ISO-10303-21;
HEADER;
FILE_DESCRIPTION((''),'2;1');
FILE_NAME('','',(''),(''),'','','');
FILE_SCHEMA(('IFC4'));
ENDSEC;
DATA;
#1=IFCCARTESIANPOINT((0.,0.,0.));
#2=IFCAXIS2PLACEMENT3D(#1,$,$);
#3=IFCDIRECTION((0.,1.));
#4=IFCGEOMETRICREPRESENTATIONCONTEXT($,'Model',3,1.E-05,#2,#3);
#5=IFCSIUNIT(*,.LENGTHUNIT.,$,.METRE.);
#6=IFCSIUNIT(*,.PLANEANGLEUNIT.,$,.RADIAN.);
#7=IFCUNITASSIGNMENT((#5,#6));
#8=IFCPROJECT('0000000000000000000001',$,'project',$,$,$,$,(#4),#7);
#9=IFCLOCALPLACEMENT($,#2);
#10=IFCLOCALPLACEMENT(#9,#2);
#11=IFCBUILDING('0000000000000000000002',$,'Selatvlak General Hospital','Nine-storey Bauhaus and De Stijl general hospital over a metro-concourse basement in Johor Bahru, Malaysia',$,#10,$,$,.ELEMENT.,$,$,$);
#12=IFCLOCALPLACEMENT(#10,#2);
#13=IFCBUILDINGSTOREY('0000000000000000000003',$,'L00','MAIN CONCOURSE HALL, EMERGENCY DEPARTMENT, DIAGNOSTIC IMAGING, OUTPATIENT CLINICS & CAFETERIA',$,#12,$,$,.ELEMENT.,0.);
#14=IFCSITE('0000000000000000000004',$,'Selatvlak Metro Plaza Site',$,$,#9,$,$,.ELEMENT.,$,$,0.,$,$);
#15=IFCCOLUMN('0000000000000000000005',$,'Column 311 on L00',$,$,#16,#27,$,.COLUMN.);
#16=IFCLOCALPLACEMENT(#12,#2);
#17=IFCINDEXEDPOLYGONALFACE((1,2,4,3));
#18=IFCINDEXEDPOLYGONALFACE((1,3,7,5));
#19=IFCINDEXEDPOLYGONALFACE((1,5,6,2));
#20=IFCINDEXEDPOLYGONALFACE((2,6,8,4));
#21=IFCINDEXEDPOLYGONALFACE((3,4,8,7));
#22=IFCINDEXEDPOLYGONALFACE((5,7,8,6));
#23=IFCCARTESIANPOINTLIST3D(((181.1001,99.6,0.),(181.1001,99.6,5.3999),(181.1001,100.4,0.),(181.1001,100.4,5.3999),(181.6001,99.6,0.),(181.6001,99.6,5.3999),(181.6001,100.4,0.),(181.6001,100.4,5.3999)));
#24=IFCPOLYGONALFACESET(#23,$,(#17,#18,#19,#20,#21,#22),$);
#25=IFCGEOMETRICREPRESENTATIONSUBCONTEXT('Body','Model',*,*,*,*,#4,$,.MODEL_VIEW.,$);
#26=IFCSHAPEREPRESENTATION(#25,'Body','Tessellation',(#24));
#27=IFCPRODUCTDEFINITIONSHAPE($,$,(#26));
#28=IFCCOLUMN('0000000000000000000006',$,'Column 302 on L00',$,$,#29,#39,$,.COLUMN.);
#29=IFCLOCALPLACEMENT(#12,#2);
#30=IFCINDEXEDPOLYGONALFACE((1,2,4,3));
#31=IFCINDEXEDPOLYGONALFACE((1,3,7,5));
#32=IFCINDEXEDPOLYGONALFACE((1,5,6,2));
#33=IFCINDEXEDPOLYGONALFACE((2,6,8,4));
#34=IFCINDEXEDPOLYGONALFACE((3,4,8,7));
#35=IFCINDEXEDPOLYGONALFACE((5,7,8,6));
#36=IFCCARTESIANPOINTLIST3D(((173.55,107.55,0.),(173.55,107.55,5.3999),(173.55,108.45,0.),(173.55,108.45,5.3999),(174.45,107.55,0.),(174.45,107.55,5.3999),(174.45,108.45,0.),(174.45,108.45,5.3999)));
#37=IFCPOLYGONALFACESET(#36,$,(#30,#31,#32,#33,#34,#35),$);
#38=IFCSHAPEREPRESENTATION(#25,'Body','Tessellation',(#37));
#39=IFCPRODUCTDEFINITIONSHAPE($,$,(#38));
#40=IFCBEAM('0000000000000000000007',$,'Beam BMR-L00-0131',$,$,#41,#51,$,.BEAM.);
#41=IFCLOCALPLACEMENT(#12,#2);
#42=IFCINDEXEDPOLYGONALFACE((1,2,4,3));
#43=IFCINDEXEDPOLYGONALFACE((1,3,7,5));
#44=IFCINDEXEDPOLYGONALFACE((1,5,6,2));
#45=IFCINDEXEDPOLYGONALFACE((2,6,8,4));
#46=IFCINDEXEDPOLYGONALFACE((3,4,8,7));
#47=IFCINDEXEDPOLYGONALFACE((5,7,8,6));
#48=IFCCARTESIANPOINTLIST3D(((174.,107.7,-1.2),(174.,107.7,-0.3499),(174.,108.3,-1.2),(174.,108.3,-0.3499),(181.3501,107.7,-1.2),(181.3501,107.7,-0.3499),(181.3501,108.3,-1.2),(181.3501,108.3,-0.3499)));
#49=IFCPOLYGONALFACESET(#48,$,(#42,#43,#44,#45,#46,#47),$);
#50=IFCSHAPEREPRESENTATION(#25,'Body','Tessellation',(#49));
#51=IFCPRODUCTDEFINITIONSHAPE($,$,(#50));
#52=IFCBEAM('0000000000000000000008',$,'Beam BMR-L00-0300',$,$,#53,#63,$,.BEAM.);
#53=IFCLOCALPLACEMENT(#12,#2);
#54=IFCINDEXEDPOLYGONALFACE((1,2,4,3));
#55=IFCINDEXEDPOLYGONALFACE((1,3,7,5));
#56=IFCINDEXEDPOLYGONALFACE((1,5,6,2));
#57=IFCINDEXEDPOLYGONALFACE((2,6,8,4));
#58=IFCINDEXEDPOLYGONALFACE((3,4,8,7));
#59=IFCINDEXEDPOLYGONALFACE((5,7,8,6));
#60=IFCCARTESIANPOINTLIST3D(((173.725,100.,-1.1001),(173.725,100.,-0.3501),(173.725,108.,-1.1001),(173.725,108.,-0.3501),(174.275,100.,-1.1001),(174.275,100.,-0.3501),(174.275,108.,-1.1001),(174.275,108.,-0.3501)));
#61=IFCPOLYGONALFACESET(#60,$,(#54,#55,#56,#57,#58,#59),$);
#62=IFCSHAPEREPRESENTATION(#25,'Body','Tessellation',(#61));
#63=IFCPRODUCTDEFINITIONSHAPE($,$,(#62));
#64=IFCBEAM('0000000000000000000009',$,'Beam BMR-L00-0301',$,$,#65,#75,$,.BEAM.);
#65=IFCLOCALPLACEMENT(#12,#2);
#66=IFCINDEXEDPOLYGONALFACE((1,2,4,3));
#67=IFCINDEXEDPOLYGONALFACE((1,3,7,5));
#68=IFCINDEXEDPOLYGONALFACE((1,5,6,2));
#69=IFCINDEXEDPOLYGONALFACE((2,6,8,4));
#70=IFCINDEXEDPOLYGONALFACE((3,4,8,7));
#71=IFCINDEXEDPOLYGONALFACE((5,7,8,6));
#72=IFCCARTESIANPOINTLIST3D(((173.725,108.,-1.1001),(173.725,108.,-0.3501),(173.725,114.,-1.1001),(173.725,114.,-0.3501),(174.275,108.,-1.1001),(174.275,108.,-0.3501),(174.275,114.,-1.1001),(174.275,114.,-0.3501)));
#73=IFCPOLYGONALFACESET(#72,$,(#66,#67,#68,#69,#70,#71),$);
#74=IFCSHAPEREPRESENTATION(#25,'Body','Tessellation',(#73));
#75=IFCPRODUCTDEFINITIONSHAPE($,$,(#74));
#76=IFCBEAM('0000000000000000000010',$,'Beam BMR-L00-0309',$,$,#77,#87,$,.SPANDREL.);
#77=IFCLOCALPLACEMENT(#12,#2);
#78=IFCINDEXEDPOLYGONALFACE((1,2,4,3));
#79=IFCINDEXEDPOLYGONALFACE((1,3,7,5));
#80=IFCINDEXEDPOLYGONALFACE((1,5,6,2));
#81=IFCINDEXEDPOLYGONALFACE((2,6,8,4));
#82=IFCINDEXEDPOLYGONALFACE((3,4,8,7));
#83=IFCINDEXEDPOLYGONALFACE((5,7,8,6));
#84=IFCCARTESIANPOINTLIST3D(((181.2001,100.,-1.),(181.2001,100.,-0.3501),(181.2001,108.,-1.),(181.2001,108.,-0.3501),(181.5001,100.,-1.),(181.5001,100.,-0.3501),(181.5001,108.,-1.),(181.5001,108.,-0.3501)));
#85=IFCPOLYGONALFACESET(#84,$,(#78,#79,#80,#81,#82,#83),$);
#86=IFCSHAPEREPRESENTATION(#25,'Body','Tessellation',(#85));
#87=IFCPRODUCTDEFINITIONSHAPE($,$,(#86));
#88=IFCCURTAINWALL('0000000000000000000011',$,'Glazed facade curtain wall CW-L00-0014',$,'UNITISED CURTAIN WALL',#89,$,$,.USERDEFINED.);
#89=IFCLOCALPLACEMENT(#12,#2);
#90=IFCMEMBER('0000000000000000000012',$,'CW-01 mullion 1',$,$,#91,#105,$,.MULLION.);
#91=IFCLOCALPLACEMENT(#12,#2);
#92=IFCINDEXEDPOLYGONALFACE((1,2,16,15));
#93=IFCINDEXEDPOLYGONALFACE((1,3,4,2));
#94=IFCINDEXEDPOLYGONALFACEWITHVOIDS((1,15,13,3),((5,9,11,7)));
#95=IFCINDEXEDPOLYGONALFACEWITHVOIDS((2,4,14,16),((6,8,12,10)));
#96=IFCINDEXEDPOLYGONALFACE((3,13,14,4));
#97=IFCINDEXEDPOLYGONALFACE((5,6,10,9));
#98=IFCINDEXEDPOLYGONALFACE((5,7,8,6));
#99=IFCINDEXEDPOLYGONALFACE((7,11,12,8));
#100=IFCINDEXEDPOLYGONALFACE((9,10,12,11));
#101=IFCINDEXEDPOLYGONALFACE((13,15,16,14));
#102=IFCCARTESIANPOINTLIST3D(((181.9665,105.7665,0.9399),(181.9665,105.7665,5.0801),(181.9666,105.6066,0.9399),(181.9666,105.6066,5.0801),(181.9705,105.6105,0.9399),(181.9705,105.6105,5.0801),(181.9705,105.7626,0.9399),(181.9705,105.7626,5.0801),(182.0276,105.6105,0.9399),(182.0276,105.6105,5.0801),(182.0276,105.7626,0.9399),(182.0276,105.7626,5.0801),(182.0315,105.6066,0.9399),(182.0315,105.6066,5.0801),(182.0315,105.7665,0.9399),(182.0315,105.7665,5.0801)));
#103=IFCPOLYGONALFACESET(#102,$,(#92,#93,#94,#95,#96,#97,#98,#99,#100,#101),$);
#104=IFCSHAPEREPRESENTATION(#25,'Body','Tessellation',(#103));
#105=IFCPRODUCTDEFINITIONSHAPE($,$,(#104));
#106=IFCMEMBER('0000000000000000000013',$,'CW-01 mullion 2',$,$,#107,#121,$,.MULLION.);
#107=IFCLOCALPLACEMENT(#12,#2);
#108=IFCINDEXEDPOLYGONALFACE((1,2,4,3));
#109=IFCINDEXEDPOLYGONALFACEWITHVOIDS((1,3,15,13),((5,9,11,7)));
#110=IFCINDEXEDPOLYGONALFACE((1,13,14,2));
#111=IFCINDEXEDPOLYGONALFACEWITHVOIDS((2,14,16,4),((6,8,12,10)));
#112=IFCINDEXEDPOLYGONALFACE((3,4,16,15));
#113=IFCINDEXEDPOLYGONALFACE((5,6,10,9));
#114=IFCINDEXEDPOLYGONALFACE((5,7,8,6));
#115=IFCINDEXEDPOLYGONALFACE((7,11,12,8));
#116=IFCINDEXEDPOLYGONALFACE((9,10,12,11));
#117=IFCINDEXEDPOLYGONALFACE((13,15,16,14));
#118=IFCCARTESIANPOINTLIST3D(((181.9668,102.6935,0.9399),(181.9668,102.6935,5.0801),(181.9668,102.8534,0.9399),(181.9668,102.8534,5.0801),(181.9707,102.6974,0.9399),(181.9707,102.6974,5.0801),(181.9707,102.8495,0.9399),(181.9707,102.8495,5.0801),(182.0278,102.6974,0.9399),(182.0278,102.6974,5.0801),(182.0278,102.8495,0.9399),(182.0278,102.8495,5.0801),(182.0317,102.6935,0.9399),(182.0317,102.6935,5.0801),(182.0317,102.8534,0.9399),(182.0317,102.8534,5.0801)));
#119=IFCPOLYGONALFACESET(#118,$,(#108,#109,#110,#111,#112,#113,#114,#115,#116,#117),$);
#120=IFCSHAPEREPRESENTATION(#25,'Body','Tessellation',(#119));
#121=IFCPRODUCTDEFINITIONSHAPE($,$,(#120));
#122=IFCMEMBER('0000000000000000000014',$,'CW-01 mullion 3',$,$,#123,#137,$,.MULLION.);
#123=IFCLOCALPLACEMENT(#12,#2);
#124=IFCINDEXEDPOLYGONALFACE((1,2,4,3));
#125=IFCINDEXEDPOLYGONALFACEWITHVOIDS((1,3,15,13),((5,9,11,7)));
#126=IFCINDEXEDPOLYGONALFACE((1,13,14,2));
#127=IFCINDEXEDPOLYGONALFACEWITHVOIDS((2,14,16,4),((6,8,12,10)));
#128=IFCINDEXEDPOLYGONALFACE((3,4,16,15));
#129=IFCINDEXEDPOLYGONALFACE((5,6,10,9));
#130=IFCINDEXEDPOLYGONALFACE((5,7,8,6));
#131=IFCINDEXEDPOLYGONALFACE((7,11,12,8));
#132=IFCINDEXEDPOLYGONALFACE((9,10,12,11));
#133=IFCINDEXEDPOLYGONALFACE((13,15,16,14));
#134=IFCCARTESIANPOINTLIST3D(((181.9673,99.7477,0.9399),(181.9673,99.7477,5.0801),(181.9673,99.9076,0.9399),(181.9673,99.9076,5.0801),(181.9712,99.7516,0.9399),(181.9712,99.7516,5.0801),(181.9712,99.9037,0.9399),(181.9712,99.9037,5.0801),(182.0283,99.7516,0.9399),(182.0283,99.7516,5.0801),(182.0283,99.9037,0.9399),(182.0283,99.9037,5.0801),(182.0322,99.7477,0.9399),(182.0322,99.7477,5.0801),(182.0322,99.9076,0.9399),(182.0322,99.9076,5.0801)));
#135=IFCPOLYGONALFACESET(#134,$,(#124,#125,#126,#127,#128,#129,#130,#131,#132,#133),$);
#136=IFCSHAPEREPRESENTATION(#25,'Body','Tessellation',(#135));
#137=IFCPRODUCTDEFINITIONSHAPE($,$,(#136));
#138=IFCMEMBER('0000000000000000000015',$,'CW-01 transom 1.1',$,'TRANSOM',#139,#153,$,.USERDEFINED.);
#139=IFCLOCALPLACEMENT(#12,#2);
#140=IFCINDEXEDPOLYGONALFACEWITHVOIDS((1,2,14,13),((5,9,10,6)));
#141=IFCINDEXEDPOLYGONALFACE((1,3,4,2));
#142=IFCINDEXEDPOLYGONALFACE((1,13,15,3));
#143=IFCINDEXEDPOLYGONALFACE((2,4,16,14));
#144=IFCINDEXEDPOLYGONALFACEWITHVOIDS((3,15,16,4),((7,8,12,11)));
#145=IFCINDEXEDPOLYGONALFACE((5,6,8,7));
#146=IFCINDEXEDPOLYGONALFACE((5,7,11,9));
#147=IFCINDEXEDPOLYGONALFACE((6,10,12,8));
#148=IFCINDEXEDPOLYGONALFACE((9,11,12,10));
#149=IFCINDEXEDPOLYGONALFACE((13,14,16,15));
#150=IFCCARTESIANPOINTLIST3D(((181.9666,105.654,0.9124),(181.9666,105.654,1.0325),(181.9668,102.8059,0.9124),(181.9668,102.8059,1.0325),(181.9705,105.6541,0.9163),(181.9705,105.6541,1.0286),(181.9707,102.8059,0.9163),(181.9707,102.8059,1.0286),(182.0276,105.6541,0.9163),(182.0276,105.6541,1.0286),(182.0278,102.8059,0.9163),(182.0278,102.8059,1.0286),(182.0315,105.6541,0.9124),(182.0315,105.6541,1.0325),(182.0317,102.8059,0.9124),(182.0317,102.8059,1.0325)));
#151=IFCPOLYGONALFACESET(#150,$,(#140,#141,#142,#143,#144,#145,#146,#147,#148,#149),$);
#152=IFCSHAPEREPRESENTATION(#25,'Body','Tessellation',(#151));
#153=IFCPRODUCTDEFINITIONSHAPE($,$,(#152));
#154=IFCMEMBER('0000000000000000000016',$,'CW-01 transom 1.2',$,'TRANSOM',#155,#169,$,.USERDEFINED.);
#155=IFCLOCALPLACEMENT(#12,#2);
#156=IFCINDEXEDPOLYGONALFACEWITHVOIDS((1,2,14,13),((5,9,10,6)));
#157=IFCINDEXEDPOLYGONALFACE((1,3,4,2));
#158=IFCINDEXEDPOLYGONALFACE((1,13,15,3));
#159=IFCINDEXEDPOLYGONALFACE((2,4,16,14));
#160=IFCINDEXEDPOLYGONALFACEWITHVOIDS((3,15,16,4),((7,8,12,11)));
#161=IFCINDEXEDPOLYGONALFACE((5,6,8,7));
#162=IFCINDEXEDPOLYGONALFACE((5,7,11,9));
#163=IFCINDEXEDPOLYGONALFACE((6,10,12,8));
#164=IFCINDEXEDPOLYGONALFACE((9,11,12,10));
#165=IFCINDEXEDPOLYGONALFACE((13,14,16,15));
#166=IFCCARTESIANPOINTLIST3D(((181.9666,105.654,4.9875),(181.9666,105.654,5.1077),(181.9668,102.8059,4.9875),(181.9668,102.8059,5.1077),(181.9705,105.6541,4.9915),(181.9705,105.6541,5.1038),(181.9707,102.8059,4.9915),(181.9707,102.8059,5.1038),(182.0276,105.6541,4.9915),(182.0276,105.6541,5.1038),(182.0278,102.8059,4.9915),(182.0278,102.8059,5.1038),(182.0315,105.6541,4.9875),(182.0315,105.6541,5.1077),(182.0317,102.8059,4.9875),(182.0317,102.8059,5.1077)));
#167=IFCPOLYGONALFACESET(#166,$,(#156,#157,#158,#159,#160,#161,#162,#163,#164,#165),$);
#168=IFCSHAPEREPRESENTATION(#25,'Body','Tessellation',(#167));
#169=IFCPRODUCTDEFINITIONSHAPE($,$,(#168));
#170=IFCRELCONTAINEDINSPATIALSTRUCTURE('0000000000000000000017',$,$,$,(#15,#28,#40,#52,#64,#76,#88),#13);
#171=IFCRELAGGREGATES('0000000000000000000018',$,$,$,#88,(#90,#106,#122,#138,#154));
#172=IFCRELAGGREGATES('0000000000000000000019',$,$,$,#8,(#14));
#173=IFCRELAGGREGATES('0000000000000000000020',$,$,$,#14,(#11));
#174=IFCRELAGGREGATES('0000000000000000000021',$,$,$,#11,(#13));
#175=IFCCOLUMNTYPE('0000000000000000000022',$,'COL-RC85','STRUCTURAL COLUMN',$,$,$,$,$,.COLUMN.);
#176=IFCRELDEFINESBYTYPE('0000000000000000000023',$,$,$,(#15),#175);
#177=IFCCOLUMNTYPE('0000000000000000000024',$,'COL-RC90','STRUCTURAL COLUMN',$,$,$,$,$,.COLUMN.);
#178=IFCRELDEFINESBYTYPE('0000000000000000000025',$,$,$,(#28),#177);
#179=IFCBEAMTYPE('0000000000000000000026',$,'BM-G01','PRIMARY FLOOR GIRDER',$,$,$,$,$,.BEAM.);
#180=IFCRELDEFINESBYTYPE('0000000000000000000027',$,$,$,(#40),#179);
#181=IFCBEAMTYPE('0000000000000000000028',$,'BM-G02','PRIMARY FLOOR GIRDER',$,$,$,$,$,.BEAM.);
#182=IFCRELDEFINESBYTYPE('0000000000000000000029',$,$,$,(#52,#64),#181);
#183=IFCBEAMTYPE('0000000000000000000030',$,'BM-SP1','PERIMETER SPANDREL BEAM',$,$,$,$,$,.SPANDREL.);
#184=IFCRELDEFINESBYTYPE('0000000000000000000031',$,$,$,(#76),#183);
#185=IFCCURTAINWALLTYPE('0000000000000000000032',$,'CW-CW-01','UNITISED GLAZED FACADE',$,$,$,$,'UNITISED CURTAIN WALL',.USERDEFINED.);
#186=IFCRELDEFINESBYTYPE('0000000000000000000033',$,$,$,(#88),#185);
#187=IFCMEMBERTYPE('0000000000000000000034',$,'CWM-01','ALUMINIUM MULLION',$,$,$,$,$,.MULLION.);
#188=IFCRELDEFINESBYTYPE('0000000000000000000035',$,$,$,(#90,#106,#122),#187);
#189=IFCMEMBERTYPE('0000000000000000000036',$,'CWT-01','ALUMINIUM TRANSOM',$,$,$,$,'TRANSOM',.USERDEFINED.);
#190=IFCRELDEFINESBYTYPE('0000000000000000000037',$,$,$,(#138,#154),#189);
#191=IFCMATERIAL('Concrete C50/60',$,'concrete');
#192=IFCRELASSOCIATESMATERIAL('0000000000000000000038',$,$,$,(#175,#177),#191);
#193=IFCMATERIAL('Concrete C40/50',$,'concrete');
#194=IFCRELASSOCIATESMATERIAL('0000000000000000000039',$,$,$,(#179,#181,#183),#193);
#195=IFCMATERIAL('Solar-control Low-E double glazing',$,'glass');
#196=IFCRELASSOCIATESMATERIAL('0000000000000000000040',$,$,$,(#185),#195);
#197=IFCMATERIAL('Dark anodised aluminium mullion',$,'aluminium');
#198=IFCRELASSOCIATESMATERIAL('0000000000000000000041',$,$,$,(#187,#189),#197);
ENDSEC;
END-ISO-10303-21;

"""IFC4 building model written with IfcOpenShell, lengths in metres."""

from ifc_helpers import new_model, si_unit, direction, frame, origin, origin_2d, place, context, subcontext, project, spatial, rectangle, hollow_rectangle, extrude, material, material_profile, profile_set, type_object, element, aggregate, save


model = new_model("IFC4")

# Units and contexts
model_context = context("Model", 3, precision=1e-05, world=origin(), true_north=direction((0.0, 1.0)))
body_context = subcontext(model_context, "Body", "Model", "MODEL_VIEW")
ifc_project = project(units=[si_unit("LENGTHUNIT", "METRE"), si_unit("PLANEANGLEUNIT", "RADIAN")], contexts=[model_context])

# Site, building, storey
site_placement = place(None, origin())
site = spatial("IfcSite", under=ifc_project, at=site_placement, Name="Selatvlak Metro Plaza Site", CompositionType="ELEMENT", RefElevation=0.0)
building_placement = place(site_placement, origin())
building = spatial("IfcBuilding", under=site, at=building_placement, Name="Selatvlak General Hospital", Description="Nine-storey Bauhaus and De Stijl general hospital over a metro-concourse basement in Johor Bahru, Malaysia", CompositionType="ELEMENT")
storey_placement = place(building_placement, origin())
storey = spatial("IfcBuildingStorey", under=building, at=storey_placement, Name="L00", Description="MAIN CONCOURSE HALL, EMERGENCY DEPARTMENT, DIAGNOSTIC IMAGING, OUTPATIENT CLINICS & CAFETERIA", CompositionType="ELEMENT", Elevation=0.0)

# Columns
ifc_material_1 = material(Name="Concrete C50/60", Category="concrete")
ifc_material_profile_1 = material_profile(ifc_material_1, rectangle(XDim=0.5, YDim=0.8, at=origin_2d()), Name="RC-COL 800x500")
ifc_profile_set_1 = profile_set([ifc_material_profile_1], Name="Concrete C50/60")
column_type_1 = type_object("IfcColumnType", Name="COL-RC85", Description="STRUCTURAL COLUMN", PredefinedType="COLUMN", material=ifc_profile_set_1)
column_1_placement = place(storey_placement, frame((181.3501, 100.0, 0.0), z_axis=(0.0, 0.0, 1.0), x_axis=(1.0, 0.0, 0.0)))
element("IfcColumn", 1, at=column_1_placement, inside=storey, type_object=column_type_1, Name="Column 311 on L00", PredefinedType="COLUMN", context=body_context, shape_type="SweptSolid", body=[
    extrude(rectangle(XDim=0.5, YDim=0.8, at=origin_2d()), origin(), (0.0, 0.0, 1.0), 5.3999),
])
ifc_material_profile_2 = material_profile(ifc_material_1, rectangle(XDim=0.8999, YDim=0.8999, at=origin_2d()), Name="RC-COL 900x900")
ifc_profile_set_2 = profile_set([ifc_material_profile_2], Name="Concrete C50/60")
column_type_2 = type_object("IfcColumnType", Name="COL-RC90", Description="STRUCTURAL COLUMN", PredefinedType="COLUMN", material=ifc_profile_set_2)
column_2_placement = place(storey_placement, frame((174.0, 108.0, 0.0), z_axis=(0.0, 0.0, 1.0), x_axis=(1.0, 0.0, 0.0)))
element("IfcColumn", 2, at=column_2_placement, inside=storey, type_object=column_type_2, Name="Column 302 on L00", PredefinedType="COLUMN", context=body_context, shape_type="SweptSolid", body=[
    extrude(rectangle(XDim=0.8999, YDim=0.8999, at=origin_2d()), origin(), (0.0, 0.0, 1.0), 5.3999),
])

# Beams
ifc_material_2 = material(Name="Concrete C40/50", Category="concrete")
ifc_material_profile_3 = material_profile(ifc_material_2, rectangle(XDim=0.6001, YDim=0.8501, at=origin_2d()), Name="RC-BM 600x850")
ifc_profile_set_3 = profile_set([ifc_material_profile_3], Name="Concrete C40/50")
beam_type_1 = type_object("IfcBeamType", Name="BM-G01", Description="PRIMARY FLOOR GIRDER", PredefinedType="BEAM", material=ifc_profile_set_3)
beam_1_placement = place(storey_placement, frame((174.0, 108.0, -0.7749), z_axis=(1.0, 0.0, 0.0), x_axis=(0.0, 1.0, 0.0)))
element("IfcBeam", 3, at=beam_1_placement, inside=storey, type_object=beam_type_1, Name="Beam BMR-L00-0131", PredefinedType="BEAM", context=body_context, shape_type="SweptSolid", body=[
    extrude(rectangle(XDim=0.6001, YDim=0.8501, at=origin_2d()), origin(), (0.0, 0.0, 1.0), 7.3501),
])
ifc_material_profile_4 = material_profile(ifc_material_2, rectangle(XDim=0.55, YDim=0.75, at=origin_2d()), Name="RC-BM 550x750")
ifc_profile_set_4 = profile_set([ifc_material_profile_4], Name="Concrete C40/50")
beam_type_2 = type_object("IfcBeamType", Name="BM-G02", Description="PRIMARY FLOOR GIRDER", PredefinedType="BEAM", material=ifc_profile_set_4)
beam_2_placement = place(storey_placement, frame((174.0, 100.0, -0.7251), z_axis=(0.0, 1.0, 0.0), x_axis=(-1.0, 0.0, 0.0)))
element("IfcBeam", 4, at=beam_2_placement, inside=storey, type_object=beam_type_2, Name="Beam BMR-L00-0300", PredefinedType="BEAM", context=body_context, shape_type="SweptSolid", body=[
    extrude(rectangle(XDim=0.55, YDim=0.75, at=origin_2d()), origin(), (0.0, 0.0, 1.0), 8.0),
])
beam_3_placement = place(storey_placement, frame((174.0, 108.0, -0.7251), z_axis=(0.0, 1.0, 0.0), x_axis=(-1.0, 0.0, 0.0)))
element("IfcBeam", 5, at=beam_3_placement, inside=storey, type_object=beam_type_2, Name="Beam BMR-L00-0301", PredefinedType="BEAM", context=body_context, shape_type="SweptSolid", body=[
    extrude(rectangle(XDim=0.55, YDim=0.75, at=origin_2d()), origin(), (0.0, 0.0, 1.0), 6.0),
])
ifc_material_profile_5 = material_profile(ifc_material_2, rectangle(XDim=0.3, YDim=0.6499, at=origin_2d()), Name="RC-SP 300x650")
ifc_profile_set_5 = profile_set([ifc_material_profile_5], Name="Concrete C40/50")
beam_type_3 = type_object("IfcBeamType", Name="BM-SP1", Description="PERIMETER SPANDREL BEAM", PredefinedType="SPANDREL", material=ifc_profile_set_5)
beam_4_placement = place(storey_placement, frame((181.3501, 100.0, -0.675), z_axis=(0.0, 1.0, 0.0), x_axis=(-1.0, 0.0, 0.0)))
element("IfcBeam", 6, at=beam_4_placement, inside=storey, type_object=beam_type_3, Name="Beam BMR-L00-0309", PredefinedType="SPANDREL", context=body_context, shape_type="SweptSolid", body=[
    extrude(rectangle(XDim=0.3, YDim=0.6499, at=origin_2d()), origin(), (0.0, 0.0, 1.0), 8.0),
])

# Curtain wall, members
ifc_material_3 = material(Name="Solar-control Low-E double glazing", Category="glass")
curtain_wall_type = type_object("IfcCurtainWallType", Name="CW-CW-01", Description="UNITISED GLAZED FACADE", ElementType="UNITISED CURTAIN WALL", PredefinedType="USERDEFINED", material=ifc_material_3)
curtain_wall_placement = place(storey_placement, origin())
curtain_wall = element("IfcCurtainWall", 7, at=curtain_wall_placement, inside=storey, type_object=curtain_wall_type, Name="Glazed facade curtain wall CW-L00-0014", ObjectType="UNITISED CURTAIN WALL", PredefinedType="USERDEFINED")
ifc_material_4 = material(Name="Dark anodised aluminium mullion", Category="aluminium")
ifc_material_profile_6 = material_profile(ifc_material_4, hollow_rectangle(XDim=0.0649, YDim=0.1599, WallThickness=0.0039, at=origin_2d()), Name="AL-MUL 65x160x4")
ifc_profile_set_6 = profile_set([ifc_material_profile_6], Name="Dark anodised aluminium mullion")
member_type_1 = type_object("IfcMemberType", Name="CWM-01", Description="ALUMINIUM MULLION", PredefinedType="MULLION", material=ifc_profile_set_6)
member_1_placement = place(storey_placement, frame((181.999, 105.6865, 0.9399), z_axis=(0.0, 0.0, 1.0), x_axis=(1.0, 0.000113, 0.0)))
member_1 = element("IfcMember", 8, at=member_1_placement, type_object=member_type_1, Name="CW-01 mullion 1", PredefinedType="MULLION", context=body_context, shape_type="SweptSolid", body=[
    extrude(hollow_rectangle(XDim=0.0649, YDim=0.1599, WallThickness=0.0039, at=origin_2d()), origin(), (0.0, 0.0, 1.0), 4.1401),
])
member_2_placement = place(storey_placement, frame((181.9993, 102.7734, 0.9399), z_axis=(0.0, 0.0, 1.0), x_axis=(1.0, 0.000113, 0.0)))
member_2 = element("IfcMember", 9, at=member_2_placement, type_object=member_type_1, Name="CW-01 mullion 2", PredefinedType="MULLION", context=body_context, shape_type="SweptSolid", body=[
    extrude(hollow_rectangle(XDim=0.0649, YDim=0.1599, WallThickness=0.0039, at=origin_2d()), origin(), (0.0, 0.0, 1.0), 4.1401),
])
member_3_placement = place(storey_placement, frame((181.9998, 99.8276, 0.9399), z_axis=(0.0, 0.0, 1.0), x_axis=(1.0, 0.000113, 0.0)))
member_3 = element("IfcMember", 10, at=member_3_placement, type_object=member_type_1, Name="CW-01 mullion 3", PredefinedType="MULLION", context=body_context, shape_type="SweptSolid", body=[
    extrude(hollow_rectangle(XDim=0.0649, YDim=0.1599, WallThickness=0.0039, at=origin_2d()), origin(), (0.0, 0.0, 1.0), 4.1401),
])
ifc_material_profile_7 = material_profile(ifc_material_4, hollow_rectangle(XDim=0.0649, YDim=0.1201, WallThickness=0.0039, at=origin_2d()), Name="AL-TRN 65x120x4")
ifc_profile_set_7 = profile_set([ifc_material_profile_7], Name="Dark anodised aluminium mullion")
member_type_2 = type_object("IfcMemberType", Name="CWT-01", Description="ALUMINIUM TRANSOM", ElementType="TRANSOM", PredefinedType="USERDEFINED", material=ifc_profile_set_7)
member_4_placement = place(storey_placement, frame((181.999, 105.6541, 0.9724), z_axis=(0.000086, -1.0, 0.0), x_axis=(1.0, 0.000086, 0.0)))
member_4 = element("IfcMember", 11, at=member_4_placement, type_object=member_type_2, Name="CW-01 transom 1.1", ObjectType="TRANSOM", PredefinedType="USERDEFINED", context=body_context, shape_type="SweptSolid", body=[
    extrude(hollow_rectangle(XDim=0.0649, YDim=0.1201, WallThickness=0.0039, at=origin_2d()), origin(), (0.0, 0.0, 1.0), 2.8481),
])
member_5_placement = place(storey_placement, frame((181.999, 105.6541, 5.0476), z_axis=(0.000086, -1.0, 0.0), x_axis=(1.0, 0.000086, 0.0)))
member_5 = element("IfcMember", 12, at=member_5_placement, type_object=member_type_2, Name="CW-01 transom 1.2", ObjectType="TRANSOM", PredefinedType="USERDEFINED", context=body_context, shape_type="SweptSolid", body=[
    extrude(hollow_rectangle(XDim=0.0649, YDim=0.1201, WallThickness=0.0039, at=origin_2d()), origin(), (0.0, 0.0, 1.0), 2.8481),
])
aggregate(curtain_wall, [member_1, member_2, member_3, member_4, member_5])

save(model, "model.ifc")
